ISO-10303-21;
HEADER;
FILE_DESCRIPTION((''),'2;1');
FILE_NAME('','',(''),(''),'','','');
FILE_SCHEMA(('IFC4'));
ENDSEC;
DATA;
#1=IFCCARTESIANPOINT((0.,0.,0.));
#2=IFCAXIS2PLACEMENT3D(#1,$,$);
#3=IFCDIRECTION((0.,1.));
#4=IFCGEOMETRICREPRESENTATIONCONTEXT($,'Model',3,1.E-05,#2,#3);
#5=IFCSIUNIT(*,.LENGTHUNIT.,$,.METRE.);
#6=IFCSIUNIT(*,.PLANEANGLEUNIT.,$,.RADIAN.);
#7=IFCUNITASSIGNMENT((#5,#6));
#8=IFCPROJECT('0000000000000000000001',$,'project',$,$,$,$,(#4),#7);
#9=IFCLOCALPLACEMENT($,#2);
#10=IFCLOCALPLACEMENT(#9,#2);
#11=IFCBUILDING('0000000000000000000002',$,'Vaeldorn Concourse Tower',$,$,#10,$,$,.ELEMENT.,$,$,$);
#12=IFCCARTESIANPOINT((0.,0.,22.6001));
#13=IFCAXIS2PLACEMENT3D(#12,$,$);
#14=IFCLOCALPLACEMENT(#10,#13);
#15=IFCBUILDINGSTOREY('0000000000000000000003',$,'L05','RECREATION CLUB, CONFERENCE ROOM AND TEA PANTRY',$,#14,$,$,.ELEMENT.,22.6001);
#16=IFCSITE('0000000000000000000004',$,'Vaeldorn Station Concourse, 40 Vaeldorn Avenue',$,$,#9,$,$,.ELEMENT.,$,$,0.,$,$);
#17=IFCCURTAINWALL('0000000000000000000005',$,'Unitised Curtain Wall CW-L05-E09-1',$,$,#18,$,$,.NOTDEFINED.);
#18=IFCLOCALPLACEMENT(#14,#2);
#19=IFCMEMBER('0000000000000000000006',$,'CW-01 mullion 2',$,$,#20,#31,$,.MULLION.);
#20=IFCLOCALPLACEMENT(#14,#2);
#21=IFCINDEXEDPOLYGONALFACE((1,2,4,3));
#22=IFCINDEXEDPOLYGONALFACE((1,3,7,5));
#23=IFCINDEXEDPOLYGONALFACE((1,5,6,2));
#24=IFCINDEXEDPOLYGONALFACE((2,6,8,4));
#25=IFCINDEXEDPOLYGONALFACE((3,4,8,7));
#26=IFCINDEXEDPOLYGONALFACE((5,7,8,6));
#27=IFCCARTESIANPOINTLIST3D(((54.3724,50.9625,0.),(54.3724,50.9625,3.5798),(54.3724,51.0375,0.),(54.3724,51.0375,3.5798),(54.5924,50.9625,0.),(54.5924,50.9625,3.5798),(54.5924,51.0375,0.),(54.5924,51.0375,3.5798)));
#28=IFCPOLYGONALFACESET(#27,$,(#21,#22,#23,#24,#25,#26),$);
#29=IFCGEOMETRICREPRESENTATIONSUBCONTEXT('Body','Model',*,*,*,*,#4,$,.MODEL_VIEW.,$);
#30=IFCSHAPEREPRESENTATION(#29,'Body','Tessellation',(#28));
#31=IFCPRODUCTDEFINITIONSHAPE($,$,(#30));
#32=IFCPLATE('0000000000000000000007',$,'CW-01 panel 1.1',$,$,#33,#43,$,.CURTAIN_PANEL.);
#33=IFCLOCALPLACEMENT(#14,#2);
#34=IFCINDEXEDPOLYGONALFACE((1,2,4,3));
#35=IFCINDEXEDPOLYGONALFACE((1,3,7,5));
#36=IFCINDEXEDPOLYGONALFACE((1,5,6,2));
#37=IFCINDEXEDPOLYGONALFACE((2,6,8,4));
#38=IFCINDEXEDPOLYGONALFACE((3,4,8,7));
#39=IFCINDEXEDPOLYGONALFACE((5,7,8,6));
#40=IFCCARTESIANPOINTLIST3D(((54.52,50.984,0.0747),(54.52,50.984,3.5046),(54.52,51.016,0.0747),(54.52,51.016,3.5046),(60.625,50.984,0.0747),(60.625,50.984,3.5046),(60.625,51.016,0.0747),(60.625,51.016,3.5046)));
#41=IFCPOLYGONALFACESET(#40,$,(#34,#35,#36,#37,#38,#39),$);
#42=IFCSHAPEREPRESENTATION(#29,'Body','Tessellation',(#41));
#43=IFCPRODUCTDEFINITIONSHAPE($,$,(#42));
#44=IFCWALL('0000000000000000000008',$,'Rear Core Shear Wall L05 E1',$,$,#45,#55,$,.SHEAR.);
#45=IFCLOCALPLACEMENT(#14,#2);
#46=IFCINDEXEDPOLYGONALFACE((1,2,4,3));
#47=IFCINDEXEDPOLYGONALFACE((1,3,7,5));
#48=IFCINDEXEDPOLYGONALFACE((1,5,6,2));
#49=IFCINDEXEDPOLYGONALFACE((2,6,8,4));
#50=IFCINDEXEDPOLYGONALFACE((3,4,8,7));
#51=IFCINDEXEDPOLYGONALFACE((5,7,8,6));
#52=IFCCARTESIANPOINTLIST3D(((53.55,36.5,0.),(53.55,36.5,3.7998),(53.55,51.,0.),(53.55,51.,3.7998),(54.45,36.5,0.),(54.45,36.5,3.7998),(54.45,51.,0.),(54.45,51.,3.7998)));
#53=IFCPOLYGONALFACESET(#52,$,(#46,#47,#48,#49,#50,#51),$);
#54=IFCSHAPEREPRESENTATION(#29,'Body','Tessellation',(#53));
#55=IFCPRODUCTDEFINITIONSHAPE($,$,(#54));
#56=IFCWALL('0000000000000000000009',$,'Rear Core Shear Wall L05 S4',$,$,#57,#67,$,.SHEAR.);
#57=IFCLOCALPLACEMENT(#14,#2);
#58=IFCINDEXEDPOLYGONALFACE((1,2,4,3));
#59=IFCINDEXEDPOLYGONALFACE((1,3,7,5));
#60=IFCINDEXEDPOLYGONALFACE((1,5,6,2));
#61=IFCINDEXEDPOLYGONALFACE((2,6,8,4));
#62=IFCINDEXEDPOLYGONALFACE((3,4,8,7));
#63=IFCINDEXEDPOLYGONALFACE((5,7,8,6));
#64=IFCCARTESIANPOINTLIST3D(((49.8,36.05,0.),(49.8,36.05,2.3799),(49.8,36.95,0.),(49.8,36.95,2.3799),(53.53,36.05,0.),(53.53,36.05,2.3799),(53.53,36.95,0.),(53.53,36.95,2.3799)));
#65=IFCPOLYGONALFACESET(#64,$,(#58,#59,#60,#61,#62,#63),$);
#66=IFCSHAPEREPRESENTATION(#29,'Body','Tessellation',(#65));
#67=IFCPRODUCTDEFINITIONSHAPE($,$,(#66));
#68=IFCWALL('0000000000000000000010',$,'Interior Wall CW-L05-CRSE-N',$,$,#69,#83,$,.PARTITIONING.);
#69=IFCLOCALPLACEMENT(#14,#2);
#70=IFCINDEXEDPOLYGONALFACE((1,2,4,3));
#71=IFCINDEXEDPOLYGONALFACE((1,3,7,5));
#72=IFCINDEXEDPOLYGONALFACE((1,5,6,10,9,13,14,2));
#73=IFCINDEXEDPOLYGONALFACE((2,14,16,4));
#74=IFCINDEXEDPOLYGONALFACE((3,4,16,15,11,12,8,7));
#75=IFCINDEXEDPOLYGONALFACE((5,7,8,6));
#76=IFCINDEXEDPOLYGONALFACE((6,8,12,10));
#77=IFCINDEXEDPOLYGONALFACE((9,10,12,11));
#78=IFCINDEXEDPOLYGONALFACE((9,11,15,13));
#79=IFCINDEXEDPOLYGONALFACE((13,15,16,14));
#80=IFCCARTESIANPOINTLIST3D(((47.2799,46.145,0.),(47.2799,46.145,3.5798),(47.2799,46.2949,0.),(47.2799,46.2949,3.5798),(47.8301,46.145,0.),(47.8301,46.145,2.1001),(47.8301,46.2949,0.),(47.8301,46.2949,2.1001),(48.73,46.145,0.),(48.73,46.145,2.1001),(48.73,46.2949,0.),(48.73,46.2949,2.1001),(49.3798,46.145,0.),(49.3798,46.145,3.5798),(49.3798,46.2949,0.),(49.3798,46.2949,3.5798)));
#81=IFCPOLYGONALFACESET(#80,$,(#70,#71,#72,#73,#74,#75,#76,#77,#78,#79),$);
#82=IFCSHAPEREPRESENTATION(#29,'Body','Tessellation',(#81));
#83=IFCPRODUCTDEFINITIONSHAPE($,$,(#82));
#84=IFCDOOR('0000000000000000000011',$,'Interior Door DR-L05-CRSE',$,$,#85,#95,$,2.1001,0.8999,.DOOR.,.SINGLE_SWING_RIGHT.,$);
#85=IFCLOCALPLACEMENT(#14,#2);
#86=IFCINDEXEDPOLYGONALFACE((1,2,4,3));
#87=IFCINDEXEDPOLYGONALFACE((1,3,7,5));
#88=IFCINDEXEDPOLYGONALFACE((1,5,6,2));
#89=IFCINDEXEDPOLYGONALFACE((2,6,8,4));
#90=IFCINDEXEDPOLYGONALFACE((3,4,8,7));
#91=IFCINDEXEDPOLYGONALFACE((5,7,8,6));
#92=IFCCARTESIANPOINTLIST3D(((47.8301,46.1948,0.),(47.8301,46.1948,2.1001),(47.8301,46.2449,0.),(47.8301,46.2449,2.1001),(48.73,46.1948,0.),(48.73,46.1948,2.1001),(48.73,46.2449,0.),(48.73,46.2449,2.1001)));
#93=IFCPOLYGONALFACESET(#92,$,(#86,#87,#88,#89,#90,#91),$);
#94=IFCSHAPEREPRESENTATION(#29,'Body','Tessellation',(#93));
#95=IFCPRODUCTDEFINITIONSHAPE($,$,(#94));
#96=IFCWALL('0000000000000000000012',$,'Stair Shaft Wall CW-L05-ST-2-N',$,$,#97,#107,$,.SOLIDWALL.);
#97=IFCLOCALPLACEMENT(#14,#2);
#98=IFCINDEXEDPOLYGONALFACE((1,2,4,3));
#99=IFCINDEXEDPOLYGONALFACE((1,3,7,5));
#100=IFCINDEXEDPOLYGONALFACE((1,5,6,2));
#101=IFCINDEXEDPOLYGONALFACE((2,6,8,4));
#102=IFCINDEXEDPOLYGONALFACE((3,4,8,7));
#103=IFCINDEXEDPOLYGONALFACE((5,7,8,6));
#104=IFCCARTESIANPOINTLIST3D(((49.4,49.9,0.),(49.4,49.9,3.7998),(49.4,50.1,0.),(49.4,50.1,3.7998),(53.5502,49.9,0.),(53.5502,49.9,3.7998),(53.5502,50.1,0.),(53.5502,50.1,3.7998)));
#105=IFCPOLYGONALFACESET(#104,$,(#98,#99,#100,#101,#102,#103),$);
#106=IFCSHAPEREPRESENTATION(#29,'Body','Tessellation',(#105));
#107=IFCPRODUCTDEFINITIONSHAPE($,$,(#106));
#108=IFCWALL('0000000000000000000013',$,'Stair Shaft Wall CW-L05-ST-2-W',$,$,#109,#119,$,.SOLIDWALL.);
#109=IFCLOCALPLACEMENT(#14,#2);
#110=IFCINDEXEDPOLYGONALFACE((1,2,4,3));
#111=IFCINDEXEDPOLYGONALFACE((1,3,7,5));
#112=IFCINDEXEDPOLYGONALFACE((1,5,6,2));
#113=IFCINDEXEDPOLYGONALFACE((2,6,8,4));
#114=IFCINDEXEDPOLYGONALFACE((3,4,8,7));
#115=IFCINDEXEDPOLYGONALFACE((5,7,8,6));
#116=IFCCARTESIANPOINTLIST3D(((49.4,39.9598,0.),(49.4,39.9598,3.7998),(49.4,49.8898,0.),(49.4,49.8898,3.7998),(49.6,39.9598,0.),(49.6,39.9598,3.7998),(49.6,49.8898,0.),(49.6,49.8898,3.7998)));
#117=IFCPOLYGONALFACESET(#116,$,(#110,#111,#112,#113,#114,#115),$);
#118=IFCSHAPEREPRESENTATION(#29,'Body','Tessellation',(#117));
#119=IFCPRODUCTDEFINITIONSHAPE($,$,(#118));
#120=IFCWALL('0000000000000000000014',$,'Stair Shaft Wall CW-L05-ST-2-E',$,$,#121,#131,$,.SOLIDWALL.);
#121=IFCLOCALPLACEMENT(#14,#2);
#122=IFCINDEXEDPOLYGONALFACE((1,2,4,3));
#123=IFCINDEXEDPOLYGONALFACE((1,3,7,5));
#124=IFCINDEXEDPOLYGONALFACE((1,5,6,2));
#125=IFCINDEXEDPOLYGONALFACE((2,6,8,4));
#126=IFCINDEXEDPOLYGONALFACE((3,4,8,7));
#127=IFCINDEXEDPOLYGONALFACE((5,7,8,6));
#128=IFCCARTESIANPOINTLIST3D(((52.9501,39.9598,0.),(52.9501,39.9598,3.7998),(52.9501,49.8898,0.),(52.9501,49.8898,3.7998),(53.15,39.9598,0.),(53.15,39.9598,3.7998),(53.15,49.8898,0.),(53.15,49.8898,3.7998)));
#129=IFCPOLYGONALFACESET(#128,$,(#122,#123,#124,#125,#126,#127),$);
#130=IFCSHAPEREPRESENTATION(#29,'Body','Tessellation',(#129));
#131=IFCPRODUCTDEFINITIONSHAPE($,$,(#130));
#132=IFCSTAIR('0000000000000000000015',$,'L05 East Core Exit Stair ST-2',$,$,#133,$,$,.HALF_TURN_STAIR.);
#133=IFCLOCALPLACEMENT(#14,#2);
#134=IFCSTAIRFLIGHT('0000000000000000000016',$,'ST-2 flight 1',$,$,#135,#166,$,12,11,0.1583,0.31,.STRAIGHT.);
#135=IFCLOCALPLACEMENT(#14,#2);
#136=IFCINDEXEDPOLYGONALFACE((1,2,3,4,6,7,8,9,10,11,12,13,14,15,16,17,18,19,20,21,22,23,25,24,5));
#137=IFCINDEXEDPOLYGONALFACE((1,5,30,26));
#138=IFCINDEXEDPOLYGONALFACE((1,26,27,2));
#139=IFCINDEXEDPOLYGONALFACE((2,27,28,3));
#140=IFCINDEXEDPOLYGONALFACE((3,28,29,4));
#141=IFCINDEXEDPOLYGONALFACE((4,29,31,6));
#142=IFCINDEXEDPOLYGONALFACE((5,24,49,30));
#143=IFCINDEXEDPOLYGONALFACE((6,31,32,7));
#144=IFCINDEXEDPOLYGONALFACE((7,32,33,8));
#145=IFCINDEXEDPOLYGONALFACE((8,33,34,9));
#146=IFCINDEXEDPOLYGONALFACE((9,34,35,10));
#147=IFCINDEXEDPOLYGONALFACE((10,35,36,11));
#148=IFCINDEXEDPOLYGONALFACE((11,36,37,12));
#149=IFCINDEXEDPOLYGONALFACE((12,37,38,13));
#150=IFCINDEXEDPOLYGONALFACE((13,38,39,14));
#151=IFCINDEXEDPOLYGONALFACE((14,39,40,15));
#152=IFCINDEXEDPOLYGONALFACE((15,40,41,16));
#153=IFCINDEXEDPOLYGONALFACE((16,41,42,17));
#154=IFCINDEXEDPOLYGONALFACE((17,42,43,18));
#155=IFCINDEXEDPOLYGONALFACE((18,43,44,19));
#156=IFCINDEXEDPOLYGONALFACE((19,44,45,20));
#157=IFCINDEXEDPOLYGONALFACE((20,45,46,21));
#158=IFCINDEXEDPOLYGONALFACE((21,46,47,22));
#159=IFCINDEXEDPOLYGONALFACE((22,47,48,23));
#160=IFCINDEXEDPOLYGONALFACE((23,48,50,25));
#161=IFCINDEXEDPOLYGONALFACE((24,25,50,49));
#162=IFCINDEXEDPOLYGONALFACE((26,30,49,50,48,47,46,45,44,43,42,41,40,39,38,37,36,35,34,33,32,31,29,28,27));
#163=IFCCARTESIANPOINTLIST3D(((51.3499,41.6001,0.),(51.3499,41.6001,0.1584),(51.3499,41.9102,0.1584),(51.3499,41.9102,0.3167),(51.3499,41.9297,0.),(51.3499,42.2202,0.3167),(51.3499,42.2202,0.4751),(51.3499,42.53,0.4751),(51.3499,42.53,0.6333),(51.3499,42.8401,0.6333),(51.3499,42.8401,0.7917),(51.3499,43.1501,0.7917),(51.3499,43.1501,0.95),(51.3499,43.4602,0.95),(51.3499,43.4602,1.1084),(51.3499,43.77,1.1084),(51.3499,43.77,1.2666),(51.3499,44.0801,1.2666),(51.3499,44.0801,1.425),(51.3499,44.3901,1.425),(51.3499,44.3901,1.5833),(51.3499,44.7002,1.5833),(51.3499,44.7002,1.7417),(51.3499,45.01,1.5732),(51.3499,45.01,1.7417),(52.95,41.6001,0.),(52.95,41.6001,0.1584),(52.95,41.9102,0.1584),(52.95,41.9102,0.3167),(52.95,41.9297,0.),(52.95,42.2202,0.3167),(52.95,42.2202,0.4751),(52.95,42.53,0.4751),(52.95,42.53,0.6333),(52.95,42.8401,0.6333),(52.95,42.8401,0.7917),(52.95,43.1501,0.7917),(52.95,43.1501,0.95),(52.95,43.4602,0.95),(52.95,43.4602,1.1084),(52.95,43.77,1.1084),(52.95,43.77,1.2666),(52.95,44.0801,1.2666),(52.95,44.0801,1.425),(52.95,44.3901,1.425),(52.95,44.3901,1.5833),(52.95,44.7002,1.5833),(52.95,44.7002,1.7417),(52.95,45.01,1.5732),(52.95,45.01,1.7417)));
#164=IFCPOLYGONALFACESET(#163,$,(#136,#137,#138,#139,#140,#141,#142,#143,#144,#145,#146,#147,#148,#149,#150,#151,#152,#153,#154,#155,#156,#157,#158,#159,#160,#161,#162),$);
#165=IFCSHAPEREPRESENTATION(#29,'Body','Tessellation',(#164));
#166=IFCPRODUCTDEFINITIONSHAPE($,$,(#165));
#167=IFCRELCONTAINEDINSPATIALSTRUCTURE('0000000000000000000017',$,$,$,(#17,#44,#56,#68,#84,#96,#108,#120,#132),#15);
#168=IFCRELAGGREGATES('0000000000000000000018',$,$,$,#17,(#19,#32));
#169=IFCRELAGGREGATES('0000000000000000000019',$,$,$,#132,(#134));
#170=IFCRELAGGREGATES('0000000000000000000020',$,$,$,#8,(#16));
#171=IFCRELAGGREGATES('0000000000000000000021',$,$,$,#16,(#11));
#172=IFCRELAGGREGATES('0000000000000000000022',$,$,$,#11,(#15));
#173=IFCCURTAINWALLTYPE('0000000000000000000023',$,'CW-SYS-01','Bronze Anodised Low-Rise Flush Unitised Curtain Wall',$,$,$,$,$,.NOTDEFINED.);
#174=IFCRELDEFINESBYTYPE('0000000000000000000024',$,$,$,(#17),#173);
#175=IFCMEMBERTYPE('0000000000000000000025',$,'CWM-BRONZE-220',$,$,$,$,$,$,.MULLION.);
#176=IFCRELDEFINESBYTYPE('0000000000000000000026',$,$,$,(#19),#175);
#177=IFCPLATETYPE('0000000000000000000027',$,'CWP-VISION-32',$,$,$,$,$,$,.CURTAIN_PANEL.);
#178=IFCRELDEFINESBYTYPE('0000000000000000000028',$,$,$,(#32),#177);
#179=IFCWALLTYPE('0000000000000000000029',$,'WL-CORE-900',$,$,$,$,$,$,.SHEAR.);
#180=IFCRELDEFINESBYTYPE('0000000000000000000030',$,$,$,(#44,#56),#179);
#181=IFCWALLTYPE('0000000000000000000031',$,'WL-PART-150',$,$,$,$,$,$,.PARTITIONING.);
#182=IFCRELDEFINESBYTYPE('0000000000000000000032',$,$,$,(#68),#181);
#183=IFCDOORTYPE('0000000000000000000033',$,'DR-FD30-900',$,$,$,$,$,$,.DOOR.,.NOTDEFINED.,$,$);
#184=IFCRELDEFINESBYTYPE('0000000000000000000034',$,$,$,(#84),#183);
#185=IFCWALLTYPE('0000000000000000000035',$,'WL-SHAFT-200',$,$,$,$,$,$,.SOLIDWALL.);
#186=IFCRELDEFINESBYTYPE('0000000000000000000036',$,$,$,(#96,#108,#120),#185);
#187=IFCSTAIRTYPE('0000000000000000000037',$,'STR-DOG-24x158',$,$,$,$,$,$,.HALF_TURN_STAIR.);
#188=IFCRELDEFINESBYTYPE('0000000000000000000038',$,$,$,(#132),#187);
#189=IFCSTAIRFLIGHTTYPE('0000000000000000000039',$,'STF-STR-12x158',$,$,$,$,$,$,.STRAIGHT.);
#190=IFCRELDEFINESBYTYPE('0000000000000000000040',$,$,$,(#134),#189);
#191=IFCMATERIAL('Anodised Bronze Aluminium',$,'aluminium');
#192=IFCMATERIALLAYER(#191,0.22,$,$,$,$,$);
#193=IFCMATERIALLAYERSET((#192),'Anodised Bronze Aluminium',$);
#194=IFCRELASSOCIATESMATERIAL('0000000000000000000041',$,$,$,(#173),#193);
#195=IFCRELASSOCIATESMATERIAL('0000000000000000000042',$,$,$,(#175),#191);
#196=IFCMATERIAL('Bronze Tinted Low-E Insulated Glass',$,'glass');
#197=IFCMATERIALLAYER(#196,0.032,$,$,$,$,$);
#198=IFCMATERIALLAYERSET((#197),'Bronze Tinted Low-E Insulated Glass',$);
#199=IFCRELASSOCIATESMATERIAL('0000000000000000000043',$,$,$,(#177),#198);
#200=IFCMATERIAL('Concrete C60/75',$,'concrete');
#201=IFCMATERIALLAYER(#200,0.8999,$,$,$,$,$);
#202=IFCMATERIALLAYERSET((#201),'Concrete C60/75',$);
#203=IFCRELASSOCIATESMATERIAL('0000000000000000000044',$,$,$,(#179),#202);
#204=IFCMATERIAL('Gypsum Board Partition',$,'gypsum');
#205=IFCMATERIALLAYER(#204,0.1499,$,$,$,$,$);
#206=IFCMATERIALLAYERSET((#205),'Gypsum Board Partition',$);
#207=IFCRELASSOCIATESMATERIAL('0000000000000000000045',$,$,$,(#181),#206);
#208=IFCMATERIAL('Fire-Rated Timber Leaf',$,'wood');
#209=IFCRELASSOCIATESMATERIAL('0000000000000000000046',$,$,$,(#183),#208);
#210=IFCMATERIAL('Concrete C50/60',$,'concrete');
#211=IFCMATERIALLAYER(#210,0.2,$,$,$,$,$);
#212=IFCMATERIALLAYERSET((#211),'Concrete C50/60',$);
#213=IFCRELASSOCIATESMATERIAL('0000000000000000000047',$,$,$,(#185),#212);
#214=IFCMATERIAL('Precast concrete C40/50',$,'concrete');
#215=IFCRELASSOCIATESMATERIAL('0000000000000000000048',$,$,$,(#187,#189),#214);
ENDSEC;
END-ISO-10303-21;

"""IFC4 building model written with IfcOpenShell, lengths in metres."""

from ifc_helpers import new_model, si_unit, direction, frame, frame_2d, origin, origin_2d, place, context, subcontext, project, spatial, polyline, rectangle, outline, extrude, source, transform, mapped, material, layer, layer_set, material_profile, profile_set, type_object, element, fill, aggregate, save


model = new_model("IFC4")

# Units and contexts
model_context = context("Model", 3, precision=1e-05, world=origin(), true_north=direction((0.0, 1.0)))
body_context = subcontext(model_context, "Body", "Model", "MODEL_VIEW")
ifc_project = project(units=[si_unit("LENGTHUNIT", "METRE"), si_unit("PLANEANGLEUNIT", "RADIAN")], contexts=[model_context])

# Site, building, storey
site_placement = place(None, origin())
site = spatial("IfcSite", under=ifc_project, at=site_placement, Name="Vaeldorn Station Concourse, 40 Vaeldorn Avenue", CompositionType="ELEMENT", RefElevation=0.0)
building_placement = place(site_placement, origin())
building = spatial("IfcBuilding", under=site, at=building_placement, Name="Vaeldorn Concourse Tower", CompositionType="ELEMENT")
storey_placement = place(building_placement, frame((0.0, 0.0, 22.6001)))
storey = spatial("IfcBuildingStorey", under=building, at=storey_placement, Name="L05", Description="RECREATION CLUB, CONFERENCE ROOM AND TEA PANTRY", CompositionType="ELEMENT", Elevation=22.6001)

# Shared definitions
ifc_material_1 = material(Name="Concrete C60/75", Category="concrete")

# Curtain wall, member, plate
ifc_material_2 = material(Name="Anodised Bronze Aluminium", Category="aluminium")
ifc_layer_1 = layer(ifc_material_2, 0.22)
ifc_layer_set_1 = layer_set([ifc_layer_1], Name="Anodised Bronze Aluminium")
curtain_wall_type = type_object("IfcCurtainWallType", Name="CW-SYS-01", Description="Bronze Anodised Low-Rise Flush Unitised Curtain Wall", PredefinedType="NOTDEFINED", material=ifc_layer_set_1)
curtain_wall_placement = place(storey_placement, origin())
curtain_wall = element("IfcCurtainWall", 1, at=curtain_wall_placement, inside=storey, type_object=curtain_wall_type, Name="Unitised Curtain Wall CW-L05-E09-1", PredefinedType="NOTDEFINED")
ifc_material_profile_1 = material_profile(ifc_material_2, rectangle(XDim=0.075, YDim=0.22, at=origin_2d()), Name="CWM 75x220")
ifc_profile_set_1 = profile_set([ifc_material_profile_1], Name="Anodised Bronze Aluminium")
member_type = type_object("IfcMemberType", Name="CWM-BRONZE-220", PredefinedType="MULLION", material=ifc_profile_set_1)
shared_shape_1 = source(origin(), body_context, "Body", "SweptSolid", [
    extrude(rectangle(XDim=0.075, YDim=0.22, at=origin_2d()), origin(), (0.0, 0.0, 1.0), 3.5798),
])
member_placement = place(storey_placement, frame((54.4824, 51.0, 0.0), z_axis=(0.0, 0.0, 1.0), x_axis=(0.0, -1.0, 0.0)))
member = element("IfcMember", 2, at=member_placement, type_object=member_type, Name="CW-01 mullion 2", PredefinedType="MULLION", context=body_context, shape_type="MappedRepresentation", body=[
    mapped(shared_shape_1, transform((0.0, 0.0, 0.0), scale=1.0)),
])
ifc_material_3 = material(Name="Bronze Tinted Low-E Insulated Glass", Category="glass")
ifc_layer_2 = layer(ifc_material_3, 0.032)
ifc_layer_set_2 = layer_set([ifc_layer_2], Name="Bronze Tinted Low-E Insulated Glass")
plate_type = type_object("IfcPlateType", Name="CWP-VISION-32", PredefinedType="CURTAIN_PANEL", material=ifc_layer_set_2)
shared_shape_2 = source(origin(), body_context, "Body", "SweptSolid", [
    extrude(rectangle(XDim=6.105, YDim=0.032, at=origin_2d()), origin(), (0.0, 0.0, 1.0), 3.4299),
])
plate_placement = place(storey_placement, frame((57.5725, 51.0, 0.0747), z_axis=(0.0, 0.0, 1.0), x_axis=(-1.0, 0.0, 0.0)))
plate = element("IfcPlate", 3, at=plate_placement, type_object=plate_type, Name="CW-01 panel 1.1", PredefinedType="CURTAIN_PANEL", context=body_context, shape_type="MappedRepresentation", body=[
    mapped(shared_shape_2, transform((0.0, 0.0, 0.0), scale=1.0)),
])
aggregate(curtain_wall, [member, plate])

# Walls
ifc_layer_3 = layer(ifc_material_1, 0.8999)
ifc_layer_set_3 = layer_set([ifc_layer_3], Name="Concrete C60/75")
wall_type_1 = type_object("IfcWallType", Name="WL-CORE-900", PredefinedType="SHEAR", material=ifc_layer_set_3)
wall_1_placement = place(storey_placement, frame((54.0, 36.5, 0.0), z_axis=(0.0, 0.0, 1.0), x_axis=(0.0, 1.0, 0.0)))
element("IfcWall", 4, at=wall_1_placement, inside=storey, type_object=wall_type_1, Name="Rear Core Shear Wall L05 E1", PredefinedType="SHEAR", context=body_context, shape_type="SweptSolid", body=[
    extrude(rectangle(XDim=14.5, YDim=0.8999, at=frame_2d((7.25, 0.0))), origin(), (0.0, 0.0, 1.0), 3.7998),
])
wall_2_placement = place(storey_placement, frame((49.8, 36.5, 0.0), z_axis=(0.0, 0.0, 1.0), x_axis=(1.0, 0.0, 0.0)))
element("IfcWall", 5, at=wall_2_placement, inside=storey, type_object=wall_type_1, Name="Rear Core Shear Wall L05 S4", PredefinedType="SHEAR", context=body_context, shape_type="SweptSolid", body=[
    extrude(rectangle(XDim=3.73, YDim=0.8999, at=frame_2d((1.865, 0.0))), origin(), (0.0, 0.0, 1.0), 2.3799),
])

# Wall, opening, door
ifc_material_4 = material(Name="Gypsum Board Partition", Category="gypsum")
ifc_layer_4 = layer(ifc_material_4, 0.1499)
ifc_layer_set_4 = layer_set([ifc_layer_4], Name="Gypsum Board Partition")
wall_type_2 = type_object("IfcWallType", Name="WL-PART-150", PredefinedType="PARTITIONING", material=ifc_layer_set_4)
wall_3_placement = place(storey_placement, frame((47.28, 46.22, 0.0), z_axis=(0.0, 0.0, 1.0), x_axis=(1.0, 0.0, 0.0)))
wall_3 = element("IfcWall", 6, at=wall_3_placement, inside=storey, type_object=wall_type_2, Name="Interior Wall CW-L05-CRSE-N", PredefinedType="PARTITIONING", context=body_context, shape_type="SweptSolid", body=[
    extrude(rectangle(XDim=2.0999, YDim=0.1499, at=frame_2d((1.0498, 0.0))), origin(), (0.0, 0.0, 1.0), 3.5798),
])
opening_1_placement = place(wall_3_placement, frame((0.55, 0.0, 0.0)))
opening_1 = element("IfcOpeningElement", 7, at=opening_1_placement, cuts=wall_3, PredefinedType="OPENING", context=body_context, shape_type="SweptSolid", body=[
    extrude(rectangle(XDim=0.8999, YDim=2.1001, at=frame_2d((0.45, 1.05))), frame((0.0, 0.085, 0.0), z_axis=(0.0, -1.0, 0.0), x_axis=(1.0, 0.0, 0.0)), (0.0, 0.0, 1.0), 0.1699),
])
ifc_material_5 = material(Name="Fire-Rated Timber Leaf", Category="wood")
door_type_1 = type_object("IfcDoorType", Name="DR-FD30-900", OperationType="NOTDEFINED", PredefinedType="DOOR", material=ifc_material_5)
shared_shape_3 = source(origin(), body_context, "Body", "SweptSolid", [
    extrude(rectangle(XDim=0.8999, YDim=2.1001, at=frame_2d((0.45, 1.05))), frame((0.0, 0.0249, 0.0), z_axis=(0.0, -1.0, 0.0), x_axis=(1.0, 0.0, 0.0)), (0.0, 0.0, 1.0), 0.05),
])
door_1_placement = place(opening_1_placement, origin())
door_1 = element("IfcDoor", 8, at=door_1_placement, inside=storey, type_object=door_type_1, Name="Interior Door DR-L05-CRSE", OperationType="SINGLE_SWING_RIGHT", OverallHeight=2.1001, OverallWidth=0.8999, PredefinedType="DOOR", context=body_context, shape_type="MappedRepresentation", body=[
    mapped(shared_shape_3, transform((0.0, 0.0, 0.0), scale=1.0)),
])
fill(opening_1, door_1)
ifc_material_6 = material(Name="Concrete C50/60", Category="concrete")
ifc_layer_5 = layer(ifc_material_6, 0.2)
ifc_layer_set_5 = layer_set([ifc_layer_5], Name="Concrete C50/60")
wall_type_3 = type_object("IfcWallType", Name="WL-SHAFT-200", PredefinedType="SOLIDWALL", material=ifc_layer_set_5)

# Walls
wall_4_placement = place(storey_placement, frame((49.3999, 50.0, 0.0), z_axis=(0.0, 0.0, 1.0), x_axis=(1.0, 0.0, 0.0)))
element("IfcWall", 9, at=wall_4_placement, inside=storey, type_object=wall_type_3, Name="Stair Shaft Wall CW-L05-ST-2-N", PredefinedType="SOLIDWALL", context=body_context, shape_type="SweptSolid", body=[
    extrude(rectangle(XDim=4.1501, YDim=0.2, at=frame_2d((2.0752, 0.0))), origin(), (0.0, 0.0, 1.0), 3.7998),
])
for number, where, z_axis, x_axis, name in (
    (10, (49.5, 39.96, 0.0), (0.0, 0.0, 1.0), (0.0, 1.0, 0.0), "Stair Shaft Wall CW-L05-ST-2-W"),
    (11, (53.05, 39.96, 0.0), (0.0, 0.0, 1.0), (0.0, 1.0, 0.0), "Stair Shaft Wall CW-L05-ST-2-E"),
):
    element("IfcWall", number, at=place(storey_placement, frame(where, z_axis=z_axis, x_axis=x_axis)), inside=storey, type_object=wall_type_3, Name=name, PredefinedType="SOLIDWALL", context=body_context, shape_type="SweptSolid", body=[
        extrude(rectangle(XDim=9.9299, YDim=0.2, at=frame_2d((4.9648, 0.0))), origin(), (0.0, 0.0, 1.0), 3.7998),
    ])

# Stair, stair flight
ifc_material_7 = material(Name="Precast concrete C40/50", Category="concrete")
stair_type = type_object("IfcStairType", Name="STR-DOG-24x158", PredefinedType="HALF_TURN_STAIR", material=ifc_material_7)
stair_placement = place(storey_placement, origin())
stair = element("IfcStair", 12, at=stair_placement, inside=storey, type_object=stair_type, Name="L05 East Core Exit Stair ST-2", PredefinedType="HALF_TURN_STAIR")
stair_flight_type = type_object("IfcStairFlightType", Name="STF-STR-12x158", PredefinedType="STRAIGHT", material=ifc_material_7)
stair_flight_1_placement = place(storey_placement, frame((52.1499, 41.6001, 0.0), z_axis=(0.0, 0.0, 1.0), x_axis=(0.0, 1.0, 0.0)))
stair_flight_1 = element("IfcStairFlight", 13, at=stair_flight_1_placement, type_object=stair_flight_type, Name="ST-2 flight 1", NumberOfRisers=12, NumberOfTreads=11, PredefinedType="STRAIGHT", RiserHeight=0.1583, TreadLength=0.31, context=body_context, shape_type="SweptSolid", body=[
    extrude(outline(polyline([(0.0, 0.0), (0.0, 0.1584), (0.3101, 0.1584), (0.3101, 0.3167), (0.6201, 0.3167), (0.6201, 0.4751), (0.9299, 0.4751), (0.9299, 0.6333), (1.24, 0.6333), (1.24, 0.7917), (1.55, 0.7917), (1.55, 0.95), (1.8601, 0.95), (1.8601, 1.1084), (2.1699, 1.1084), (2.1699, 1.2666), (2.48, 1.2666), (2.48, 1.425), (2.79, 1.425), (2.79, 1.5833), (3.1001, 1.5833), (3.1001, 1.7417), (3.4099, 1.7417), (3.4099, 1.8999), (3.4099, 1.5732), (0.3296, 0.0), (0.0, 0.0)])), frame((0.0, 0.8, 0.0), z_axis=(0.0, -1.0, 0.0), x_axis=(1.0, 0.0, 0.0)), (0.0, 0.0, 1.0), 1.6001),
])
aggregate(stair, [stair_flight_1])

save(model, "model.ifc")
